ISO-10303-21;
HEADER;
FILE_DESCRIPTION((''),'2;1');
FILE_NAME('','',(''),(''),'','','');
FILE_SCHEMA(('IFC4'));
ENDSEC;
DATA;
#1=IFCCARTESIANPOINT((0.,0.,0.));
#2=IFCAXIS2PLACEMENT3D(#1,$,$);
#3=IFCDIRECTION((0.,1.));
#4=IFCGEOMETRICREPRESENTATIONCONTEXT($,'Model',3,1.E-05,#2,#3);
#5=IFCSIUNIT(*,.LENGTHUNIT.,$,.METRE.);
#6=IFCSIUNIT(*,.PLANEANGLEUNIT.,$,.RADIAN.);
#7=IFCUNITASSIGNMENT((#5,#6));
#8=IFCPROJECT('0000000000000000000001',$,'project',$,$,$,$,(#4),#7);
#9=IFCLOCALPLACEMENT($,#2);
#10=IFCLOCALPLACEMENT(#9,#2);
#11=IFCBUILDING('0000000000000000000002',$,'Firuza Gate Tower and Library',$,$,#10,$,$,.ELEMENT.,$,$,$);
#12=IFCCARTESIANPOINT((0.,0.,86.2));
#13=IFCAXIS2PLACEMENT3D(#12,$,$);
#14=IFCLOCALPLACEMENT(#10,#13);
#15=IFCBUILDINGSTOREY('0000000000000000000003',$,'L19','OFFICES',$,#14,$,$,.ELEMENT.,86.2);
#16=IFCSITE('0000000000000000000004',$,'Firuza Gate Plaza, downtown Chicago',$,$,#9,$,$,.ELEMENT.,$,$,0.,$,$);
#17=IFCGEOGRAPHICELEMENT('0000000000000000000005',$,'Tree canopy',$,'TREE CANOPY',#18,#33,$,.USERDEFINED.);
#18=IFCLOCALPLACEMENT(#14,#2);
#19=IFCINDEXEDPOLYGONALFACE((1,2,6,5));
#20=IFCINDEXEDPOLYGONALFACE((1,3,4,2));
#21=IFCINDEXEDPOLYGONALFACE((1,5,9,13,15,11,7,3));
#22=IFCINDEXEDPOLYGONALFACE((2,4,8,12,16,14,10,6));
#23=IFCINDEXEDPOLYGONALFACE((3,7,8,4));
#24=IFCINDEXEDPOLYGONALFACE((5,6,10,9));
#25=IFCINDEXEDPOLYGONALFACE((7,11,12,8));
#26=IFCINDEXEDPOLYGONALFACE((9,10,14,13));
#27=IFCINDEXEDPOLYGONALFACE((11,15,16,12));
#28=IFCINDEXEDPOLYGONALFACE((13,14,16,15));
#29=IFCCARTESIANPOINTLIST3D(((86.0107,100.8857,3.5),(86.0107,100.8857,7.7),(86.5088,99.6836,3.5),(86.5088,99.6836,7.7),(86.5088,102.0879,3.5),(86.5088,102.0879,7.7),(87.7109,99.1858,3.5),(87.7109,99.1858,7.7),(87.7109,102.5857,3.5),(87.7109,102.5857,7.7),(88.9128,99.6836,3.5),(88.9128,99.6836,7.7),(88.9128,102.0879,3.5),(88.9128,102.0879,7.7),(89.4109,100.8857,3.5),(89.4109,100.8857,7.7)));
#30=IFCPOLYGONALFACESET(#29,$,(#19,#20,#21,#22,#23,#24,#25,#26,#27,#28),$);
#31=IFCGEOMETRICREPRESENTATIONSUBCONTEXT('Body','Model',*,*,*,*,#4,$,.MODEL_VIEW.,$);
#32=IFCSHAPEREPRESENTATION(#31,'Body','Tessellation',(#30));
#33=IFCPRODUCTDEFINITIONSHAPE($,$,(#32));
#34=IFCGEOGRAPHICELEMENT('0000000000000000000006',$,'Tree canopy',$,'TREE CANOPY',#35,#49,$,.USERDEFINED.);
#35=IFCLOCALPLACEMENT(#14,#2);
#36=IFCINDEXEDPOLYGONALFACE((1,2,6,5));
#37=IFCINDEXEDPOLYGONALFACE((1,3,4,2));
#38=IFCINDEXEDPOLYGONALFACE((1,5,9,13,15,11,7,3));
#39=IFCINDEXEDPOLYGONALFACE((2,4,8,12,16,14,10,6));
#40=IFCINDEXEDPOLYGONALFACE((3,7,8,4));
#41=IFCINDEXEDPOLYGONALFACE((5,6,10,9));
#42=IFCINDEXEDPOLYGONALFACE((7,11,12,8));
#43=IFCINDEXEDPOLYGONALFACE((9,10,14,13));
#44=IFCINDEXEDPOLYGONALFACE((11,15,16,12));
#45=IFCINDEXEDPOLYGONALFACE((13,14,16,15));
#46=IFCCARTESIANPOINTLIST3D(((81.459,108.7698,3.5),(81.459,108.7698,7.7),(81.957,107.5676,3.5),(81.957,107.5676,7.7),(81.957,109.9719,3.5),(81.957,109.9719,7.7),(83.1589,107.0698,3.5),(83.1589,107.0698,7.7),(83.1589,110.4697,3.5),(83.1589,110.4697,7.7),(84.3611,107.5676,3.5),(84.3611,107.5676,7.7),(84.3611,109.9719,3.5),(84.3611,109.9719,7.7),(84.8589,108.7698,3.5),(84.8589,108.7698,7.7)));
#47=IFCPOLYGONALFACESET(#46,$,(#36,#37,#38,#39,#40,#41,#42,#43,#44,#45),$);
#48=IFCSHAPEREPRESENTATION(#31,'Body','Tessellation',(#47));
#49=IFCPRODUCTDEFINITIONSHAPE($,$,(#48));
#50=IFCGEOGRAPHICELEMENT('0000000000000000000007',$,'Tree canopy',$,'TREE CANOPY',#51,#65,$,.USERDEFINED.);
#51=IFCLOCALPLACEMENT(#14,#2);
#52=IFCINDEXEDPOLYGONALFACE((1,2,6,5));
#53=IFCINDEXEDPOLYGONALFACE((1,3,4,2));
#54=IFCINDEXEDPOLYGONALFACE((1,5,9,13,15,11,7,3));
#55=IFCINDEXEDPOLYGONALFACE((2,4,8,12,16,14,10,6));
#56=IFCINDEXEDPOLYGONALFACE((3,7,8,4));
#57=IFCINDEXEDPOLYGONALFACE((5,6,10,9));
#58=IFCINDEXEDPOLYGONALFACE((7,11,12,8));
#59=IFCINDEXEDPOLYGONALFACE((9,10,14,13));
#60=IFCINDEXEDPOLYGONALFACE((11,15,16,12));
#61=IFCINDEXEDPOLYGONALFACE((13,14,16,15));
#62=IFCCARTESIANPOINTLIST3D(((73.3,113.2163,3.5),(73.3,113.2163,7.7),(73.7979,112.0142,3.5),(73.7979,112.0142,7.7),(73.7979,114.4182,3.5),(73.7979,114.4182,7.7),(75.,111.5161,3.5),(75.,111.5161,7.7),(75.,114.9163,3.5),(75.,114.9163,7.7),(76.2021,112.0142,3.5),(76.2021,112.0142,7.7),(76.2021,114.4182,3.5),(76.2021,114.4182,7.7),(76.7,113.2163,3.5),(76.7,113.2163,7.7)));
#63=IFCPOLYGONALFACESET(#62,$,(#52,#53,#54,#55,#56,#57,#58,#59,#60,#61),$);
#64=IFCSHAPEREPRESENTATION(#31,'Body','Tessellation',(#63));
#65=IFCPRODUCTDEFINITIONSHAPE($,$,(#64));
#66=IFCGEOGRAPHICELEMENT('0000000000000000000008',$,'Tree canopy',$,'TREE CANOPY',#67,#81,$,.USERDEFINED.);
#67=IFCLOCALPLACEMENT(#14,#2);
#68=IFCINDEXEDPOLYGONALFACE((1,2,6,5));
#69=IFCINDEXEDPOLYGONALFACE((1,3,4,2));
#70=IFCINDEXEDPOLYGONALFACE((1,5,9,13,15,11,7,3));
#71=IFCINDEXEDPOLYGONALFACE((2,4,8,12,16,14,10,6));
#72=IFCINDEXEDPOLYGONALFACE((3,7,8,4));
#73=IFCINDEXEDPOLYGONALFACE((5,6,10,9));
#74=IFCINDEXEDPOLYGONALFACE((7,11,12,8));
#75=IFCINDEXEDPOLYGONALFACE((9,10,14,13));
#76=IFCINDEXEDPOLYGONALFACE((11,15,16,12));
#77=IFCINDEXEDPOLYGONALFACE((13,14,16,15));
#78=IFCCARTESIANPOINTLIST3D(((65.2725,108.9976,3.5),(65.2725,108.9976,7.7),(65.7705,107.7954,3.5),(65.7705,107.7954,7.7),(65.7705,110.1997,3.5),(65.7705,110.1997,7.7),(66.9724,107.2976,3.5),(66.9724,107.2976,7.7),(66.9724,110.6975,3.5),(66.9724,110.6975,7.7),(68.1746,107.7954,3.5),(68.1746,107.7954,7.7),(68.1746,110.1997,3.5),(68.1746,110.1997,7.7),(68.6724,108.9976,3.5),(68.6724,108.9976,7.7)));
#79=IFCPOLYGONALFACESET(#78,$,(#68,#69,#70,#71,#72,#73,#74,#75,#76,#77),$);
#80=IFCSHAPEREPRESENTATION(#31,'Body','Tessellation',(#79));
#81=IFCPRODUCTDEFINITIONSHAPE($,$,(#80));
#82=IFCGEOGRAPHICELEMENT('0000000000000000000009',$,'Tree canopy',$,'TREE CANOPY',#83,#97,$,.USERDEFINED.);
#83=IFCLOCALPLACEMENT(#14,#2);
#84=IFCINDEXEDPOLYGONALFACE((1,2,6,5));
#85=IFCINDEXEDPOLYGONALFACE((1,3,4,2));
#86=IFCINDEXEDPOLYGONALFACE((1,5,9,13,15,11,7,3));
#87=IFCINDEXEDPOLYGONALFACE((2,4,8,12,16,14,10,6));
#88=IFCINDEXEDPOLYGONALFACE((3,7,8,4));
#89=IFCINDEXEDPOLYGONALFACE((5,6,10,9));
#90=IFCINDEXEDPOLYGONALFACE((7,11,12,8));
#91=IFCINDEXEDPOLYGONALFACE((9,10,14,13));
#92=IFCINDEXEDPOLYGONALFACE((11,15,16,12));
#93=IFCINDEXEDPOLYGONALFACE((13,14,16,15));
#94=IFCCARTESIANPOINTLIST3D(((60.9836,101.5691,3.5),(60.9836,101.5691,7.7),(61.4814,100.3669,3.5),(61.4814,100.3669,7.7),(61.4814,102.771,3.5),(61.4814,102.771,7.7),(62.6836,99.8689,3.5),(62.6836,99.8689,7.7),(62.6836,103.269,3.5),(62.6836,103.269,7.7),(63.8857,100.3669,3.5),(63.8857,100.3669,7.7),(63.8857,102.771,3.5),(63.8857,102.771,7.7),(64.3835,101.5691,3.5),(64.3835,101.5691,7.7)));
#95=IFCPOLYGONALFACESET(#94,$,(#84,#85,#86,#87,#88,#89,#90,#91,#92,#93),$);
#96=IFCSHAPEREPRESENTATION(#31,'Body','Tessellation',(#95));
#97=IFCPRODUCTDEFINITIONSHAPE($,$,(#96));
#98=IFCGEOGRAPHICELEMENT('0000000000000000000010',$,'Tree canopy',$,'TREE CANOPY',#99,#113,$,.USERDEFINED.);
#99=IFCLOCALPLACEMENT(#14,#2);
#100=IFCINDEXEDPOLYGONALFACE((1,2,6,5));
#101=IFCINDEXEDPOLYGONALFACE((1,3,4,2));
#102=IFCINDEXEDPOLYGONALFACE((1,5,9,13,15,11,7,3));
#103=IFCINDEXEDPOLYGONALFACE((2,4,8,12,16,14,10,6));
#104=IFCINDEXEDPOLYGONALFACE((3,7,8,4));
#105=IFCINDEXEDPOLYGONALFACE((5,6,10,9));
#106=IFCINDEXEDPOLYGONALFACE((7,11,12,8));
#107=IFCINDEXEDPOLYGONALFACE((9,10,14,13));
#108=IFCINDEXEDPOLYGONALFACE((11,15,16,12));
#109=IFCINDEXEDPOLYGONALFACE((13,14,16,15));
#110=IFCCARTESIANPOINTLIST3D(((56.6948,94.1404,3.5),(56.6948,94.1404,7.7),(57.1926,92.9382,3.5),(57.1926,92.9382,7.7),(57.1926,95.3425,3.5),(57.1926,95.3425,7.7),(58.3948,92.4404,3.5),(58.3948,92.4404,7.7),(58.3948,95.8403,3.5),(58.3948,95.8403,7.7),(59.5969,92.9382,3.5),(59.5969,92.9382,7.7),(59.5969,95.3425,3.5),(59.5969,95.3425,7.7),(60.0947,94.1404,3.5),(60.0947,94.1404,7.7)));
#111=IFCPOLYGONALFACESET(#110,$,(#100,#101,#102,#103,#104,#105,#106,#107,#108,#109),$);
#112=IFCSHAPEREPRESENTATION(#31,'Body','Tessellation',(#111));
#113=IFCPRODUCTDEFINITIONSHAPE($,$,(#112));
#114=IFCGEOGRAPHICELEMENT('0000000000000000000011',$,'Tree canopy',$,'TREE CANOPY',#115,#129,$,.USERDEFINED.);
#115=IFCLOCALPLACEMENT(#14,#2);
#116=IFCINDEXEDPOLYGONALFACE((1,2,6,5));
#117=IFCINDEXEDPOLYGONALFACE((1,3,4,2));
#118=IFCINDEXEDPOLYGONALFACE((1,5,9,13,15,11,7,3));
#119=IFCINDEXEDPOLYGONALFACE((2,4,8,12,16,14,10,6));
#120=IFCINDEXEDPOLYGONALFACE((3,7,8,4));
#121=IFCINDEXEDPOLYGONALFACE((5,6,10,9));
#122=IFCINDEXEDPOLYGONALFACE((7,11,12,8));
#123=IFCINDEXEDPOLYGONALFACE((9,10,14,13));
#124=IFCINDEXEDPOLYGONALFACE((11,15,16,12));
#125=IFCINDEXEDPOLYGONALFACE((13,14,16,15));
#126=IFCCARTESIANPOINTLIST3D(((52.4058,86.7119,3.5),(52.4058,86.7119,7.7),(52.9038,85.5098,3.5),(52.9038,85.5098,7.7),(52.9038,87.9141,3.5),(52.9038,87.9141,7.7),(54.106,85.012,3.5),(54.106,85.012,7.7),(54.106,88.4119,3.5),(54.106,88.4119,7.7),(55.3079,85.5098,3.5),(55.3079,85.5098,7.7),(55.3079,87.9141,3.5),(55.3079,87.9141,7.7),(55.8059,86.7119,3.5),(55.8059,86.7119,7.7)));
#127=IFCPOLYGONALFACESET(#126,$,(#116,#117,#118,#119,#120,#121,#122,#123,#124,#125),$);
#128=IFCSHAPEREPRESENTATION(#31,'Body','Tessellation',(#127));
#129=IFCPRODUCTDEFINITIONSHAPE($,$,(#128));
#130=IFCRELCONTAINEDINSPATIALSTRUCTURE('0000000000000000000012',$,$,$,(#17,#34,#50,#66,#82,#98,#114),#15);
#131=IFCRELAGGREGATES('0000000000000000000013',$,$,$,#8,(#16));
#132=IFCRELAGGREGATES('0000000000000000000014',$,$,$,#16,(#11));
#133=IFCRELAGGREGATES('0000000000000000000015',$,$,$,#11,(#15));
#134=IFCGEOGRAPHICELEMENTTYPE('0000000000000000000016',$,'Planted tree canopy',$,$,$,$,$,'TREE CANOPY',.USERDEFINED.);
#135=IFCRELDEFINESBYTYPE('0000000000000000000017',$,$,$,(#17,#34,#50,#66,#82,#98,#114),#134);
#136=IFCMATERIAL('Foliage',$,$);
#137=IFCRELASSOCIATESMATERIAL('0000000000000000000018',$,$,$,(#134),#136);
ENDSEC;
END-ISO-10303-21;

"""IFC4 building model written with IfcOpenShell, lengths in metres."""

from ifc_helpers import new_model, si_unit, direction, frame, origin, place, context, subcontext, project, spatial, polyline, outline, extrude, material, type_object, element, save


model = new_model("IFC4")

# Units and contexts
model_context = context("Model", 3, precision=1e-05, world=origin(), true_north=direction((0.0, 1.0)))
body_context = subcontext(model_context, "Body", "Model", "MODEL_VIEW")
ifc_project = project(units=[si_unit("LENGTHUNIT", "METRE"), si_unit("PLANEANGLEUNIT", "RADIAN")], contexts=[model_context])

# Site, building, storey
site_placement = place(None, origin())
site = spatial("IfcSite", under=ifc_project, at=site_placement, Name="Firuza Gate Plaza, downtown Chicago", CompositionType="ELEMENT", RefElevation=0.0)
building_placement = place(site_placement, origin())
building = spatial("IfcBuilding", under=site, at=building_placement, Name="Firuza Gate Tower and Library", CompositionType="ELEMENT")
storey_placement = place(building_placement, frame((0.0, 0.0, 86.2)))
storey = spatial("IfcBuildingStorey", under=building, at=storey_placement, Name="L19", Description="OFFICES", CompositionType="ELEMENT", Elevation=86.2)

# Geographic elements
ifc_material_1 = material(Name="Foliage")
geographic_element_type = type_object("IfcGeographicElementType", Name="Planted tree canopy", ElementType="TREE CANOPY", PredefinedType="USERDEFINED", material=ifc_material_1)
placement_1 = place(storey_placement, frame((0.0, 0.0, 3.5)))
element("IfcGeographicElement", 1, at=placement_1, inside=storey, type_object=geographic_element_type, Name="Tree canopy", ObjectType="TREE CANOPY", PredefinedType="USERDEFINED", context=body_context, shape_type="SweptSolid", body=[
    extrude(outline(polyline([(89.4109, 100.8857), (88.9128, 102.0879), (87.7109, 102.5857), (86.5088, 102.0879), (86.0107, 100.8857), (86.5088, 99.6836), (87.7109, 99.1858), (88.9128, 99.6836), (89.4109, 100.8857)])), origin(), (0.0, 0.0, 1.0), 4.2),
])
element("IfcGeographicElement", 2, at=placement_1, inside=storey, type_object=geographic_element_type, Name="Tree canopy", ObjectType="TREE CANOPY", PredefinedType="USERDEFINED", context=body_context, shape_type="SweptSolid", body=[
    extrude(outline(polyline([(84.8589, 108.7698), (84.3611, 109.9719), (83.1589, 110.4697), (81.957, 109.9719), (81.459, 108.7698), (81.957, 107.5676), (83.1589, 107.0698), (84.3611, 107.5676), (84.8589, 108.7698)])), origin(), (0.0, 0.0, 1.0), 4.2),
])
element("IfcGeographicElement", 3, at=placement_1, inside=storey, type_object=geographic_element_type, Name="Tree canopy", ObjectType="TREE CANOPY", PredefinedType="USERDEFINED", context=body_context, shape_type="SweptSolid", body=[
    extrude(outline(polyline([(76.7, 113.2163), (76.2021, 114.4182), (75.0, 114.9163), (73.7979, 114.4182), (73.3, 113.2163), (73.7979, 112.0142), (75.0, 111.5161), (76.2021, 112.0142), (76.7, 113.2163)])), origin(), (0.0, 0.0, 1.0), 4.2),
])
element("IfcGeographicElement", 4, at=placement_1, inside=storey, type_object=geographic_element_type, Name="Tree canopy", ObjectType="TREE CANOPY", PredefinedType="USERDEFINED", context=body_context, shape_type="SweptSolid", body=[
    extrude(outline(polyline([(68.6724, 108.9976), (68.1746, 110.1997), (66.9724, 110.6975), (65.7705, 110.1997), (65.2725, 108.9976), (65.7705, 107.7954), (66.9724, 107.2976), (68.1746, 107.7954), (68.6724, 108.9976)])), origin(), (0.0, 0.0, 1.0), 4.2),
])
element("IfcGeographicElement", 5, at=placement_1, inside=storey, type_object=geographic_element_type, Name="Tree canopy", ObjectType="TREE CANOPY", PredefinedType="USERDEFINED", context=body_context, shape_type="SweptSolid", body=[
    extrude(outline(polyline([(64.3835, 101.5691), (63.8857, 102.771), (62.6836, 103.269), (61.4814, 102.771), (60.9836, 101.5691), (61.4814, 100.3669), (62.6836, 99.8689), (63.8857, 100.3669), (64.3835, 101.5691)])), origin(), (0.0, 0.0, 1.0), 4.2),
])
element("IfcGeographicElement", 6, at=placement_1, inside=storey, type_object=geographic_element_type, Name="Tree canopy", ObjectType="TREE CANOPY", PredefinedType="USERDEFINED", context=body_context, shape_type="SweptSolid", body=[
    extrude(outline(polyline([(60.0947, 94.1404), (59.5969, 95.3425), (58.3948, 95.8403), (57.1926, 95.3425), (56.6948, 94.1404), (57.1926, 92.9382), (58.3948, 92.4404), (59.5969, 92.9382), (60.0947, 94.1404)])), origin(), (0.0, 0.0, 1.0), 4.2),
])
element("IfcGeographicElement", 7, at=placement_1, inside=storey, type_object=geographic_element_type, Name="Tree canopy", ObjectType="TREE CANOPY", PredefinedType="USERDEFINED", context=body_context, shape_type="SweptSolid", body=[
    extrude(outline(polyline([(55.8059, 86.7119), (55.3079, 87.9141), (54.106, 88.4119), (52.9038, 87.9141), (52.4058, 86.7119), (52.9038, 85.5098), (54.106, 85.012), (55.3079, 85.5098), (55.8059, 86.7119)])), origin(), (0.0, 0.0, 1.0), 4.2),
])

save(model, "model.ifc")
